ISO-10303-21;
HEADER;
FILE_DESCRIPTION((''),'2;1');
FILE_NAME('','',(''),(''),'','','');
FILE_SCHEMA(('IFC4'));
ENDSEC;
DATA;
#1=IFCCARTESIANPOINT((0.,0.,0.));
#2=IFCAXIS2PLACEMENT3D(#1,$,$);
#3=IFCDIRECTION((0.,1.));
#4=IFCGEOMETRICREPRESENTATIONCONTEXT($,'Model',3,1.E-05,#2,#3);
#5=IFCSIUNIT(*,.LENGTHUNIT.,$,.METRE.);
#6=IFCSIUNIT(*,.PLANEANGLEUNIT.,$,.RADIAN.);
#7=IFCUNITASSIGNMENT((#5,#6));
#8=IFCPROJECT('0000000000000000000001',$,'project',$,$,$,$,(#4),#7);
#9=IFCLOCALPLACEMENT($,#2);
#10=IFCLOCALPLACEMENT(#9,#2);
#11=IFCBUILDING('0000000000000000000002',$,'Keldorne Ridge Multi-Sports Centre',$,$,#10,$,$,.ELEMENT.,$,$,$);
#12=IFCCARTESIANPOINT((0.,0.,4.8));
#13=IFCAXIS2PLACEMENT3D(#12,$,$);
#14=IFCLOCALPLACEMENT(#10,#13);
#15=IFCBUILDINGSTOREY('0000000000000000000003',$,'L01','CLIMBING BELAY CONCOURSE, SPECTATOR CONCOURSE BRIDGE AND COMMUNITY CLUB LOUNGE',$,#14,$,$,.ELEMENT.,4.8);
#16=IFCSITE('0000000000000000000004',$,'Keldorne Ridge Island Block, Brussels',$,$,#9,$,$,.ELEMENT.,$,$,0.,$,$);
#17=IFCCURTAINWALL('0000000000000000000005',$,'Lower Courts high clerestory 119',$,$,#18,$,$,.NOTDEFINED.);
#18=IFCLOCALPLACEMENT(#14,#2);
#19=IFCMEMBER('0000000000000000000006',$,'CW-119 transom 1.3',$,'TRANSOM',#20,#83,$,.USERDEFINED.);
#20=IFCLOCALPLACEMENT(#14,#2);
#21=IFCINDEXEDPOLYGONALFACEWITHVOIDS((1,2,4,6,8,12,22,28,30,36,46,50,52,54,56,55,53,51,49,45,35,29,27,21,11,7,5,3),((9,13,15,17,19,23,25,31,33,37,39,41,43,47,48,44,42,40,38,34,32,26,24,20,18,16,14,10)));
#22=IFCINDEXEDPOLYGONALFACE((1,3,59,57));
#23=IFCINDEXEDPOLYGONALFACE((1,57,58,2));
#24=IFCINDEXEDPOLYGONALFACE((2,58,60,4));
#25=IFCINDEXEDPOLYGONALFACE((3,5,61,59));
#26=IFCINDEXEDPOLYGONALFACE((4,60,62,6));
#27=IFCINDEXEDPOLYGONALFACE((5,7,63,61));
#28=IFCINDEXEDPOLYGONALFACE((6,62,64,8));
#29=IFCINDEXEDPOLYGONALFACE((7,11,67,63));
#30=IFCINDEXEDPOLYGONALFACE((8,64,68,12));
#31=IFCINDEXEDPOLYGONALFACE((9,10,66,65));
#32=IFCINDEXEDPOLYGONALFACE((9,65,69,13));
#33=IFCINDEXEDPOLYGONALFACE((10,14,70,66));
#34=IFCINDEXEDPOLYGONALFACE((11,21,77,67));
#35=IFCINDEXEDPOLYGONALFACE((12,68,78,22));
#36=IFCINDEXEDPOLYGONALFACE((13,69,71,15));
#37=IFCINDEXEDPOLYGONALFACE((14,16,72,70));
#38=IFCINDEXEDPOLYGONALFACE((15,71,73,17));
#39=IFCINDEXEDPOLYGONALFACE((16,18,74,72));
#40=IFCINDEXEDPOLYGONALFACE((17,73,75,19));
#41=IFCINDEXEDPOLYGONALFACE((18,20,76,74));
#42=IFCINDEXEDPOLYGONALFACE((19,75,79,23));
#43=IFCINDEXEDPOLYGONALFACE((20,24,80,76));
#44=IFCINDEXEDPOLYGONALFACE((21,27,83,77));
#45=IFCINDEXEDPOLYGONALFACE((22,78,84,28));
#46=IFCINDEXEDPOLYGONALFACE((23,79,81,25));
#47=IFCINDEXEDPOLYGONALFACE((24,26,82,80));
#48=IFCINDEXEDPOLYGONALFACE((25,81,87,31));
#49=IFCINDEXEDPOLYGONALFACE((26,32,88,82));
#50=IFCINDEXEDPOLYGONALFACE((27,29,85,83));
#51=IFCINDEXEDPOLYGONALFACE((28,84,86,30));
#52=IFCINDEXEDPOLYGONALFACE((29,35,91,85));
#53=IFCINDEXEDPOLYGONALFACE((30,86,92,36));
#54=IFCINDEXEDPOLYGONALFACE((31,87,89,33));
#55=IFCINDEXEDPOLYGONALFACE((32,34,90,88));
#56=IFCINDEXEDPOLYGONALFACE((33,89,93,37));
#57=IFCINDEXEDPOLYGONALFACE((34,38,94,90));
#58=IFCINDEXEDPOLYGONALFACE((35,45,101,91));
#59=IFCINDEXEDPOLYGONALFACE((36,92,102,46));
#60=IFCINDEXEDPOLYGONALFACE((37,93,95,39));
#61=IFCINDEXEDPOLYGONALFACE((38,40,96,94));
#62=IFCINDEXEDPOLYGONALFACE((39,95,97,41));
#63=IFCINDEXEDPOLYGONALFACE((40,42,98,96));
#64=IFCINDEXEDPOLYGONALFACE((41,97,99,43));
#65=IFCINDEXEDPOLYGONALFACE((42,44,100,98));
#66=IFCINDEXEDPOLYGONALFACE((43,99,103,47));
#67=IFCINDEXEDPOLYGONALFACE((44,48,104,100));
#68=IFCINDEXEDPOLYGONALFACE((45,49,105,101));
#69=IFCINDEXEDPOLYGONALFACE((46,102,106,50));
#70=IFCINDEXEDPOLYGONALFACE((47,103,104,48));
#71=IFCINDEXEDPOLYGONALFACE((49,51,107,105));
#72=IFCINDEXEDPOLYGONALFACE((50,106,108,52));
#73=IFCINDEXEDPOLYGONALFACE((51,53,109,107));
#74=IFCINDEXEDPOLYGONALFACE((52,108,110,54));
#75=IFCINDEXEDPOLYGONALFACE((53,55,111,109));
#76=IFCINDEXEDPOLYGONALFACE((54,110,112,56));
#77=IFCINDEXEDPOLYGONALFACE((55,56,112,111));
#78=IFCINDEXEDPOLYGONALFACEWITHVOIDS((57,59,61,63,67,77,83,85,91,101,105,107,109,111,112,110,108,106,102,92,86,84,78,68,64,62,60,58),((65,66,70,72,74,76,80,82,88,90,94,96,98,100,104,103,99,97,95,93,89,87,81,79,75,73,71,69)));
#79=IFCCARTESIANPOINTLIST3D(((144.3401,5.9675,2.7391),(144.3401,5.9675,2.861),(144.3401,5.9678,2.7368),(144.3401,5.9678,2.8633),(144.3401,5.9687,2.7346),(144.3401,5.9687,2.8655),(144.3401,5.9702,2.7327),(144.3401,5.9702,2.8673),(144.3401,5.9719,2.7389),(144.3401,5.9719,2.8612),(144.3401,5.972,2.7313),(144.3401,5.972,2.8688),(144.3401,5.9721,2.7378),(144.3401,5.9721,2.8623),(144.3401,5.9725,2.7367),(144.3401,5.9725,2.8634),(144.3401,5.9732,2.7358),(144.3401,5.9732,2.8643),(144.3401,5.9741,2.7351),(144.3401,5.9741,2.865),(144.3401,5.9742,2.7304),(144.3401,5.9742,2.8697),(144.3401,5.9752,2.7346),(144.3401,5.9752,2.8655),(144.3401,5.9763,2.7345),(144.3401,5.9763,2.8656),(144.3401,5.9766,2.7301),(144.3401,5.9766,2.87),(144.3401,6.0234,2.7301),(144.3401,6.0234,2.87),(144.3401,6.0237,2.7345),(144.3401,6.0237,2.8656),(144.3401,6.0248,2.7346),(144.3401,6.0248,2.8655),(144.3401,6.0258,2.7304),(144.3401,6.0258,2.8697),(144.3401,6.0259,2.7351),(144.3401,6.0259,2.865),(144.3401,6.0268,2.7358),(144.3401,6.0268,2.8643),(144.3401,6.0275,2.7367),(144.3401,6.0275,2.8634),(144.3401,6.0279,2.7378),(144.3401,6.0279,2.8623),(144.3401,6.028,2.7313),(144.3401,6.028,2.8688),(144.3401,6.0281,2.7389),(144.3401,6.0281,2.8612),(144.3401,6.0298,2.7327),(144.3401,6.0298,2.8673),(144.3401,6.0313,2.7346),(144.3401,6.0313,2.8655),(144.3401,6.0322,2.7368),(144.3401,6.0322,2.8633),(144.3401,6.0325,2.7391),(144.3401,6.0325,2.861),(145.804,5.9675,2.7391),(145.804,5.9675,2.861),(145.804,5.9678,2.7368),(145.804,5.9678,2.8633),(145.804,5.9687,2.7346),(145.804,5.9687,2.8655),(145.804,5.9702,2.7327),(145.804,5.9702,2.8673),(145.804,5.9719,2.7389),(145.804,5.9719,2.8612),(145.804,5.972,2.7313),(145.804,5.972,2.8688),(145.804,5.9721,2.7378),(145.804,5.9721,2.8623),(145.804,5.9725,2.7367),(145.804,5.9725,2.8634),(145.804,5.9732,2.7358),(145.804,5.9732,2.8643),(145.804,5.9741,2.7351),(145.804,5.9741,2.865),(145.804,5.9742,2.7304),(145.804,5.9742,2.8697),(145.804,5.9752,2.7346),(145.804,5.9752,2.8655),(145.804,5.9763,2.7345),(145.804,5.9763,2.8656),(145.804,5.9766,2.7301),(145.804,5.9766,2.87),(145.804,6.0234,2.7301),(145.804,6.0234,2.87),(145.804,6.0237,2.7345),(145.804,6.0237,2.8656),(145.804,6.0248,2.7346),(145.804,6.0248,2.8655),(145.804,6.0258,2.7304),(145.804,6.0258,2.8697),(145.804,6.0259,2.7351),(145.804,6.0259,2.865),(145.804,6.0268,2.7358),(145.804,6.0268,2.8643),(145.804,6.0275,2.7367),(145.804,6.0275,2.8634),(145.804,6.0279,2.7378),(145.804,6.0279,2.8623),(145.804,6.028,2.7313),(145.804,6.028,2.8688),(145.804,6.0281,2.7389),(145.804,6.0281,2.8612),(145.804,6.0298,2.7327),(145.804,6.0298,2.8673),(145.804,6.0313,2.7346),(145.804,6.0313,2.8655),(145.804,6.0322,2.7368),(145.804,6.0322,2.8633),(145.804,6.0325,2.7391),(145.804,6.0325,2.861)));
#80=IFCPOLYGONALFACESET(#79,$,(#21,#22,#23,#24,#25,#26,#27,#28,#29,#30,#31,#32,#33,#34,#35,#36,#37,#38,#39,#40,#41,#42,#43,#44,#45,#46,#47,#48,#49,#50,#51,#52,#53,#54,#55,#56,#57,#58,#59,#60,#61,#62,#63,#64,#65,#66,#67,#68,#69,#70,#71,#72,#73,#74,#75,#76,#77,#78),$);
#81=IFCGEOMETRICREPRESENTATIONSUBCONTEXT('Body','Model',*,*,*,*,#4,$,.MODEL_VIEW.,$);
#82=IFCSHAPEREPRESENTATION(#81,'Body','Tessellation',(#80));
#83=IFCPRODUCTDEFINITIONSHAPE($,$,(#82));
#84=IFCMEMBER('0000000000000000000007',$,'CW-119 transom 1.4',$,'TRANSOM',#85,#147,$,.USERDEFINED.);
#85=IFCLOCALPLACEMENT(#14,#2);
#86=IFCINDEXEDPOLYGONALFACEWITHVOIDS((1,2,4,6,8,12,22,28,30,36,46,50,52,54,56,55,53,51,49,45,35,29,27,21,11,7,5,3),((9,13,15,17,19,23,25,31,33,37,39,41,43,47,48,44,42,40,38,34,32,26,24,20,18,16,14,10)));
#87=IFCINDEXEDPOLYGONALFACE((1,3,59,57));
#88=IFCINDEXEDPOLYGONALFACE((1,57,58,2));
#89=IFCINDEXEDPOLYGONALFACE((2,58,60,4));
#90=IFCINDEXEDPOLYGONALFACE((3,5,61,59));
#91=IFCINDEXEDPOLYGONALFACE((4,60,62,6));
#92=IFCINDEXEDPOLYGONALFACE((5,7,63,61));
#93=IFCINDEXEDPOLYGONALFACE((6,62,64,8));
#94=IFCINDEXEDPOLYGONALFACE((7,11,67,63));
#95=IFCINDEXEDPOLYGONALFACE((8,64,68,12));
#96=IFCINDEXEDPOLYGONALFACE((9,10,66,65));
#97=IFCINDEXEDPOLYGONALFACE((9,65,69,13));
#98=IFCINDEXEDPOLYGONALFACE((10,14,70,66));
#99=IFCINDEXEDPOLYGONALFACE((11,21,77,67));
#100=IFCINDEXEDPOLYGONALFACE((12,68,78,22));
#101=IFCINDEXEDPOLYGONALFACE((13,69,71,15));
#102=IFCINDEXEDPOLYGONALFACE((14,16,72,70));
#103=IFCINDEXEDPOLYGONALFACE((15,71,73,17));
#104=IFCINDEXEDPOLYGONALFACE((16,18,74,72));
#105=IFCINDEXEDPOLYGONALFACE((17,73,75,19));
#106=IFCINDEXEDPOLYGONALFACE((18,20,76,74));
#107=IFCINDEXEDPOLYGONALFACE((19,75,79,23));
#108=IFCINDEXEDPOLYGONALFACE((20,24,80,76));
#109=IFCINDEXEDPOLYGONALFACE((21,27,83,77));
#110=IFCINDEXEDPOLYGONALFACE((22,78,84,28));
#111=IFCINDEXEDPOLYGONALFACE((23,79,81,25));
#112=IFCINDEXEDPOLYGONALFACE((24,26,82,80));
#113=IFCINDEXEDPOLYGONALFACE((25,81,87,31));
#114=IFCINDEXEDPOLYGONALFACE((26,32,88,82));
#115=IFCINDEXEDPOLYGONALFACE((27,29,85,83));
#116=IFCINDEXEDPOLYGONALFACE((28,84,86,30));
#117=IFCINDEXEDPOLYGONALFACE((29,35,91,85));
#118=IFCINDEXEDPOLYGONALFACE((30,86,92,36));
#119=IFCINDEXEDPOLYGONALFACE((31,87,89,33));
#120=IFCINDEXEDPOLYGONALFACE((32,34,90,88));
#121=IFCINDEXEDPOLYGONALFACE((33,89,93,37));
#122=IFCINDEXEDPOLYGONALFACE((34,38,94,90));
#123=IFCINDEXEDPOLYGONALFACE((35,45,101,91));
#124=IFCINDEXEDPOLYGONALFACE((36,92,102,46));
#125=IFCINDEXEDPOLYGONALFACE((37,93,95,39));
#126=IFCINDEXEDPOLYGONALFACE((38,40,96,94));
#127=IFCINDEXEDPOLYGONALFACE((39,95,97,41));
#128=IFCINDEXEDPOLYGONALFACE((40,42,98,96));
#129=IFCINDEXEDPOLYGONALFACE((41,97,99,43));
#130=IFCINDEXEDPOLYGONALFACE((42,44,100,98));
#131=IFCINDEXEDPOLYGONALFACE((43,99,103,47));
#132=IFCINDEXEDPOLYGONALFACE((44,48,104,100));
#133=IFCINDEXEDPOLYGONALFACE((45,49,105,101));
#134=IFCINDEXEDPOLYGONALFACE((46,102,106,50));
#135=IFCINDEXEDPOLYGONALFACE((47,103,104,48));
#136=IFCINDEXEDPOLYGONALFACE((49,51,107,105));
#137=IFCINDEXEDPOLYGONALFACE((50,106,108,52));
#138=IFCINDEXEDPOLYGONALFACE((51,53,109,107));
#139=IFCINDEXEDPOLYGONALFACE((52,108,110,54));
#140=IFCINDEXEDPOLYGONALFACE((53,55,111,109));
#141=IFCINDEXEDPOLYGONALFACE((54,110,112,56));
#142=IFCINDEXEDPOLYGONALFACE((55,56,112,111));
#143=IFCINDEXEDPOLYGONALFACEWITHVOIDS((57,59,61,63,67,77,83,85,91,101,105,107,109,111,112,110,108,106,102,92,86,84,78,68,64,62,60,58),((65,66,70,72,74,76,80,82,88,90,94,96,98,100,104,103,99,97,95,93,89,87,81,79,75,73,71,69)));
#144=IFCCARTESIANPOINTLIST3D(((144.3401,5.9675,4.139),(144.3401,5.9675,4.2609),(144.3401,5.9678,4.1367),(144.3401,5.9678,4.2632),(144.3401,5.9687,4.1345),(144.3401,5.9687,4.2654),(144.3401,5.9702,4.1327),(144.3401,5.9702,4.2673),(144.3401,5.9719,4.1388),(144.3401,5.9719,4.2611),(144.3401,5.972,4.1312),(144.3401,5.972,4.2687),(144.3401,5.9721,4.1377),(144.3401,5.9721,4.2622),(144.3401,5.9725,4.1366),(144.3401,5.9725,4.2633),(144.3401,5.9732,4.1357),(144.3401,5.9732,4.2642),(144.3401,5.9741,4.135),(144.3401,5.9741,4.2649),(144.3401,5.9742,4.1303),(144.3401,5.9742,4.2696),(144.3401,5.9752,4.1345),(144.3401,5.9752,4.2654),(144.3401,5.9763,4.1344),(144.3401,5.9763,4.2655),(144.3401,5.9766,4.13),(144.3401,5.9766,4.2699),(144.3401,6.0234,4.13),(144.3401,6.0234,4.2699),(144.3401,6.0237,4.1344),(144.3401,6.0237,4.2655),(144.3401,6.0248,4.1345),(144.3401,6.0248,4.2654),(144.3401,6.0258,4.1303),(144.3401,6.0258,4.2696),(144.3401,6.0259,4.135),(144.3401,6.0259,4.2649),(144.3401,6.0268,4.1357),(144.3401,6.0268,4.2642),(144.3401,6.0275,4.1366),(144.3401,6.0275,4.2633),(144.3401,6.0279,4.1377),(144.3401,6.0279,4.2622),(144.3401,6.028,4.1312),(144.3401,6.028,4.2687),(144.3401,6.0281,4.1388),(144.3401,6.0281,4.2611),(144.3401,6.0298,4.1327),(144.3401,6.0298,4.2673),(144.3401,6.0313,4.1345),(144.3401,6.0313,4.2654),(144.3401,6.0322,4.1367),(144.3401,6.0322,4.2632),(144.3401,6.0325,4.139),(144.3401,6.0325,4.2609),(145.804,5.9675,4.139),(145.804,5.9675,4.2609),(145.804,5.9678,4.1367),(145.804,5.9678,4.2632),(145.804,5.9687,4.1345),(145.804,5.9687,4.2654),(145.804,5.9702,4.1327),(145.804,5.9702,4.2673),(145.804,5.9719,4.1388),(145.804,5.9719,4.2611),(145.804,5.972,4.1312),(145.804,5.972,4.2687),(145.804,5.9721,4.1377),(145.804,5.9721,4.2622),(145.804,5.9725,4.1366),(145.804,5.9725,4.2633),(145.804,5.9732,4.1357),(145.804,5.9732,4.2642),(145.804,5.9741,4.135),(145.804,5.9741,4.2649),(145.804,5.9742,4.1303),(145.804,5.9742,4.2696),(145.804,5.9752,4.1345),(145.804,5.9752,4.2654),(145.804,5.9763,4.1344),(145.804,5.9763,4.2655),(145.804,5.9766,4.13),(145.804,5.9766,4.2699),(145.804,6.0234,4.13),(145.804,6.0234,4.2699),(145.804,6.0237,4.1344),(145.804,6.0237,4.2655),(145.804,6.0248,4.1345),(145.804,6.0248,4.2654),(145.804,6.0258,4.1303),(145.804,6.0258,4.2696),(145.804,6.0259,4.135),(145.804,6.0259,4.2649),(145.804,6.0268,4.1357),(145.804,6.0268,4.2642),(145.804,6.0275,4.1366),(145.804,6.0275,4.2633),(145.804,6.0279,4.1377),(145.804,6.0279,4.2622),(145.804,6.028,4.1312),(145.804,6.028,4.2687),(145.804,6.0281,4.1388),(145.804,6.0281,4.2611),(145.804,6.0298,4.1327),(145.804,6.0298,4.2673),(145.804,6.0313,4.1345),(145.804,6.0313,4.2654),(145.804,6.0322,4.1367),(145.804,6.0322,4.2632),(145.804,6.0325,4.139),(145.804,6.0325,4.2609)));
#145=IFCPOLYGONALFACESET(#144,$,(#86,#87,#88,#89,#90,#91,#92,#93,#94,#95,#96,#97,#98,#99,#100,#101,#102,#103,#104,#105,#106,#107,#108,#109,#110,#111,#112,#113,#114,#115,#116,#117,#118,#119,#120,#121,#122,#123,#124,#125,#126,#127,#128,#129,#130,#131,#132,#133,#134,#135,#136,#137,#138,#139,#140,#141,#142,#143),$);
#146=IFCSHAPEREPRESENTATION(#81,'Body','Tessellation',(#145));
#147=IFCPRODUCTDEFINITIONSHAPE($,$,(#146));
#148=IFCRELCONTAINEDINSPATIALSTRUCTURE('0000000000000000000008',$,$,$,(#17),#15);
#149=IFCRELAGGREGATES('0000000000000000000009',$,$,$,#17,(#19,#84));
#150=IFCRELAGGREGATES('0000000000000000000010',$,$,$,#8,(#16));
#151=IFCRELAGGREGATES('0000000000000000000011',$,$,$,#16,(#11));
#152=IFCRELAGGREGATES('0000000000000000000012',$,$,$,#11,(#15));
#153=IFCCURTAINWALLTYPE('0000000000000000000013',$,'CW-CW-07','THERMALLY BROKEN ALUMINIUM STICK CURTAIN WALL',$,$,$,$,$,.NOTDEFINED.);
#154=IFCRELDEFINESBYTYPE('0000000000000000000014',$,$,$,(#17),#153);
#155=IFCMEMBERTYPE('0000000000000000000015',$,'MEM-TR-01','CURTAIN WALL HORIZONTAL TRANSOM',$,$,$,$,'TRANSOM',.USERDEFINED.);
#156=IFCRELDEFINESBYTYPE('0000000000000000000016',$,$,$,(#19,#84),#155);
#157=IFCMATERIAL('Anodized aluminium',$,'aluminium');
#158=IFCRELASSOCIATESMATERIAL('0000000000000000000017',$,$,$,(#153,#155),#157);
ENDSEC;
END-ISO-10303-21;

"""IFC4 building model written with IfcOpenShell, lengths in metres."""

from ifc_helpers import new_model, si_unit, direction, frame, origin, origin_2d, place, context, subcontext, project, spatial, hollow_rectangle, extrude, material, material_profile, profile_set, type_object, element, aggregate, save


model = new_model("IFC4")

# Units and contexts
model_context = context("Model", 3, precision=1e-05, world=origin(), true_north=direction((0.0, 1.0)))
body_context = subcontext(model_context, "Body", "Model", "MODEL_VIEW")
ifc_project = project(units=[si_unit("LENGTHUNIT", "METRE"), si_unit("PLANEANGLEUNIT", "RADIAN")], contexts=[model_context])

# Site, building, storey
site_placement = place(None, origin())
site = spatial("IfcSite", under=ifc_project, at=site_placement, Name="Keldorne Ridge Island Block, Brussels", CompositionType="ELEMENT", RefElevation=0.0)
building_placement = place(site_placement, origin())
building = spatial("IfcBuilding", under=site, at=building_placement, Name="Keldorne Ridge Multi-Sports Centre", CompositionType="ELEMENT")
storey_placement = place(building_placement, frame((0.0, 0.0, 4.8)))
storey = spatial("IfcBuildingStorey", under=building, at=storey_placement, Name="L01", Description="CLIMBING BELAY CONCOURSE, SPECTATOR CONCOURSE BRIDGE AND COMMUNITY CLUB LOUNGE", CompositionType="ELEMENT", Elevation=4.8)

# Curtain wall, members
ifc_material_1 = material(Name="Anodized aluminium", Category="aluminium")
curtain_wall_type = type_object("IfcCurtainWallType", Name="CW-CW-07", Description="THERMALLY BROKEN ALUMINIUM STICK CURTAIN WALL", PredefinedType="NOTDEFINED", material=ifc_material_1)
curtain_wall_placement = place(storey_placement, origin())
curtain_wall = element("IfcCurtainWall", 1, at=curtain_wall_placement, inside=storey, type_object=curtain_wall_type, Name="Lower Courts high clerestory 119", PredefinedType="NOTDEFINED")
ifc_material_profile_1 = material_profile(ifc_material_1, hollow_rectangle(XDim=0.0649, YDim=0.1399, WallThickness=0.0044, InnerFilletRadius=0.0044, OuterFilletRadius=0.009, at=origin_2d()), Name="ALU TRANSOM 140x65x4.5")
ifc_profile_set_1 = profile_set([ifc_material_profile_1], Name="Anodized aluminium")
member_type_1 = type_object("IfcMemberType", Name="MEM-TR-01", Description="CURTAIN WALL HORIZONTAL TRANSOM", ElementType="TRANSOM", PredefinedType="USERDEFINED", material=ifc_profile_set_1)
member_1_placement = place(storey_placement, frame((144.3401, 6.0, 2.8), z_axis=(1.0, 0.0, 0.0), x_axis=(0.0, 1.0, 0.0)))
member_1 = element("IfcMember", 2, at=member_1_placement, type_object=member_type_1, Name="CW-119 transom 1.3", ObjectType="TRANSOM", PredefinedType="USERDEFINED", context=body_context, shape_type="SweptSolid", body=[
    extrude(hollow_rectangle(XDim=0.0649, YDim=0.1399, WallThickness=0.0044, InnerFilletRadius=0.0044, OuterFilletRadius=0.009, at=origin_2d()), origin(), (0.0, 0.0, 1.0), 1.4639),
])
member_2_placement = place(storey_placement, frame((144.3401, 6.0, 4.2), z_axis=(1.0, 0.0, 0.0), x_axis=(0.0, 1.0, 0.0)))
member_2 = element("IfcMember", 3, at=member_2_placement, type_object=member_type_1, Name="CW-119 transom 1.4", ObjectType="TRANSOM", PredefinedType="USERDEFINED", context=body_context, shape_type="SweptSolid", body=[
    extrude(hollow_rectangle(XDim=0.0649, YDim=0.1399, WallThickness=0.0044, InnerFilletRadius=0.0044, OuterFilletRadius=0.009, at=origin_2d()), origin(), (0.0, 0.0, 1.0), 1.4639),
])
aggregate(curtain_wall, [member_1, member_2])

save(model, "model.ifc")
